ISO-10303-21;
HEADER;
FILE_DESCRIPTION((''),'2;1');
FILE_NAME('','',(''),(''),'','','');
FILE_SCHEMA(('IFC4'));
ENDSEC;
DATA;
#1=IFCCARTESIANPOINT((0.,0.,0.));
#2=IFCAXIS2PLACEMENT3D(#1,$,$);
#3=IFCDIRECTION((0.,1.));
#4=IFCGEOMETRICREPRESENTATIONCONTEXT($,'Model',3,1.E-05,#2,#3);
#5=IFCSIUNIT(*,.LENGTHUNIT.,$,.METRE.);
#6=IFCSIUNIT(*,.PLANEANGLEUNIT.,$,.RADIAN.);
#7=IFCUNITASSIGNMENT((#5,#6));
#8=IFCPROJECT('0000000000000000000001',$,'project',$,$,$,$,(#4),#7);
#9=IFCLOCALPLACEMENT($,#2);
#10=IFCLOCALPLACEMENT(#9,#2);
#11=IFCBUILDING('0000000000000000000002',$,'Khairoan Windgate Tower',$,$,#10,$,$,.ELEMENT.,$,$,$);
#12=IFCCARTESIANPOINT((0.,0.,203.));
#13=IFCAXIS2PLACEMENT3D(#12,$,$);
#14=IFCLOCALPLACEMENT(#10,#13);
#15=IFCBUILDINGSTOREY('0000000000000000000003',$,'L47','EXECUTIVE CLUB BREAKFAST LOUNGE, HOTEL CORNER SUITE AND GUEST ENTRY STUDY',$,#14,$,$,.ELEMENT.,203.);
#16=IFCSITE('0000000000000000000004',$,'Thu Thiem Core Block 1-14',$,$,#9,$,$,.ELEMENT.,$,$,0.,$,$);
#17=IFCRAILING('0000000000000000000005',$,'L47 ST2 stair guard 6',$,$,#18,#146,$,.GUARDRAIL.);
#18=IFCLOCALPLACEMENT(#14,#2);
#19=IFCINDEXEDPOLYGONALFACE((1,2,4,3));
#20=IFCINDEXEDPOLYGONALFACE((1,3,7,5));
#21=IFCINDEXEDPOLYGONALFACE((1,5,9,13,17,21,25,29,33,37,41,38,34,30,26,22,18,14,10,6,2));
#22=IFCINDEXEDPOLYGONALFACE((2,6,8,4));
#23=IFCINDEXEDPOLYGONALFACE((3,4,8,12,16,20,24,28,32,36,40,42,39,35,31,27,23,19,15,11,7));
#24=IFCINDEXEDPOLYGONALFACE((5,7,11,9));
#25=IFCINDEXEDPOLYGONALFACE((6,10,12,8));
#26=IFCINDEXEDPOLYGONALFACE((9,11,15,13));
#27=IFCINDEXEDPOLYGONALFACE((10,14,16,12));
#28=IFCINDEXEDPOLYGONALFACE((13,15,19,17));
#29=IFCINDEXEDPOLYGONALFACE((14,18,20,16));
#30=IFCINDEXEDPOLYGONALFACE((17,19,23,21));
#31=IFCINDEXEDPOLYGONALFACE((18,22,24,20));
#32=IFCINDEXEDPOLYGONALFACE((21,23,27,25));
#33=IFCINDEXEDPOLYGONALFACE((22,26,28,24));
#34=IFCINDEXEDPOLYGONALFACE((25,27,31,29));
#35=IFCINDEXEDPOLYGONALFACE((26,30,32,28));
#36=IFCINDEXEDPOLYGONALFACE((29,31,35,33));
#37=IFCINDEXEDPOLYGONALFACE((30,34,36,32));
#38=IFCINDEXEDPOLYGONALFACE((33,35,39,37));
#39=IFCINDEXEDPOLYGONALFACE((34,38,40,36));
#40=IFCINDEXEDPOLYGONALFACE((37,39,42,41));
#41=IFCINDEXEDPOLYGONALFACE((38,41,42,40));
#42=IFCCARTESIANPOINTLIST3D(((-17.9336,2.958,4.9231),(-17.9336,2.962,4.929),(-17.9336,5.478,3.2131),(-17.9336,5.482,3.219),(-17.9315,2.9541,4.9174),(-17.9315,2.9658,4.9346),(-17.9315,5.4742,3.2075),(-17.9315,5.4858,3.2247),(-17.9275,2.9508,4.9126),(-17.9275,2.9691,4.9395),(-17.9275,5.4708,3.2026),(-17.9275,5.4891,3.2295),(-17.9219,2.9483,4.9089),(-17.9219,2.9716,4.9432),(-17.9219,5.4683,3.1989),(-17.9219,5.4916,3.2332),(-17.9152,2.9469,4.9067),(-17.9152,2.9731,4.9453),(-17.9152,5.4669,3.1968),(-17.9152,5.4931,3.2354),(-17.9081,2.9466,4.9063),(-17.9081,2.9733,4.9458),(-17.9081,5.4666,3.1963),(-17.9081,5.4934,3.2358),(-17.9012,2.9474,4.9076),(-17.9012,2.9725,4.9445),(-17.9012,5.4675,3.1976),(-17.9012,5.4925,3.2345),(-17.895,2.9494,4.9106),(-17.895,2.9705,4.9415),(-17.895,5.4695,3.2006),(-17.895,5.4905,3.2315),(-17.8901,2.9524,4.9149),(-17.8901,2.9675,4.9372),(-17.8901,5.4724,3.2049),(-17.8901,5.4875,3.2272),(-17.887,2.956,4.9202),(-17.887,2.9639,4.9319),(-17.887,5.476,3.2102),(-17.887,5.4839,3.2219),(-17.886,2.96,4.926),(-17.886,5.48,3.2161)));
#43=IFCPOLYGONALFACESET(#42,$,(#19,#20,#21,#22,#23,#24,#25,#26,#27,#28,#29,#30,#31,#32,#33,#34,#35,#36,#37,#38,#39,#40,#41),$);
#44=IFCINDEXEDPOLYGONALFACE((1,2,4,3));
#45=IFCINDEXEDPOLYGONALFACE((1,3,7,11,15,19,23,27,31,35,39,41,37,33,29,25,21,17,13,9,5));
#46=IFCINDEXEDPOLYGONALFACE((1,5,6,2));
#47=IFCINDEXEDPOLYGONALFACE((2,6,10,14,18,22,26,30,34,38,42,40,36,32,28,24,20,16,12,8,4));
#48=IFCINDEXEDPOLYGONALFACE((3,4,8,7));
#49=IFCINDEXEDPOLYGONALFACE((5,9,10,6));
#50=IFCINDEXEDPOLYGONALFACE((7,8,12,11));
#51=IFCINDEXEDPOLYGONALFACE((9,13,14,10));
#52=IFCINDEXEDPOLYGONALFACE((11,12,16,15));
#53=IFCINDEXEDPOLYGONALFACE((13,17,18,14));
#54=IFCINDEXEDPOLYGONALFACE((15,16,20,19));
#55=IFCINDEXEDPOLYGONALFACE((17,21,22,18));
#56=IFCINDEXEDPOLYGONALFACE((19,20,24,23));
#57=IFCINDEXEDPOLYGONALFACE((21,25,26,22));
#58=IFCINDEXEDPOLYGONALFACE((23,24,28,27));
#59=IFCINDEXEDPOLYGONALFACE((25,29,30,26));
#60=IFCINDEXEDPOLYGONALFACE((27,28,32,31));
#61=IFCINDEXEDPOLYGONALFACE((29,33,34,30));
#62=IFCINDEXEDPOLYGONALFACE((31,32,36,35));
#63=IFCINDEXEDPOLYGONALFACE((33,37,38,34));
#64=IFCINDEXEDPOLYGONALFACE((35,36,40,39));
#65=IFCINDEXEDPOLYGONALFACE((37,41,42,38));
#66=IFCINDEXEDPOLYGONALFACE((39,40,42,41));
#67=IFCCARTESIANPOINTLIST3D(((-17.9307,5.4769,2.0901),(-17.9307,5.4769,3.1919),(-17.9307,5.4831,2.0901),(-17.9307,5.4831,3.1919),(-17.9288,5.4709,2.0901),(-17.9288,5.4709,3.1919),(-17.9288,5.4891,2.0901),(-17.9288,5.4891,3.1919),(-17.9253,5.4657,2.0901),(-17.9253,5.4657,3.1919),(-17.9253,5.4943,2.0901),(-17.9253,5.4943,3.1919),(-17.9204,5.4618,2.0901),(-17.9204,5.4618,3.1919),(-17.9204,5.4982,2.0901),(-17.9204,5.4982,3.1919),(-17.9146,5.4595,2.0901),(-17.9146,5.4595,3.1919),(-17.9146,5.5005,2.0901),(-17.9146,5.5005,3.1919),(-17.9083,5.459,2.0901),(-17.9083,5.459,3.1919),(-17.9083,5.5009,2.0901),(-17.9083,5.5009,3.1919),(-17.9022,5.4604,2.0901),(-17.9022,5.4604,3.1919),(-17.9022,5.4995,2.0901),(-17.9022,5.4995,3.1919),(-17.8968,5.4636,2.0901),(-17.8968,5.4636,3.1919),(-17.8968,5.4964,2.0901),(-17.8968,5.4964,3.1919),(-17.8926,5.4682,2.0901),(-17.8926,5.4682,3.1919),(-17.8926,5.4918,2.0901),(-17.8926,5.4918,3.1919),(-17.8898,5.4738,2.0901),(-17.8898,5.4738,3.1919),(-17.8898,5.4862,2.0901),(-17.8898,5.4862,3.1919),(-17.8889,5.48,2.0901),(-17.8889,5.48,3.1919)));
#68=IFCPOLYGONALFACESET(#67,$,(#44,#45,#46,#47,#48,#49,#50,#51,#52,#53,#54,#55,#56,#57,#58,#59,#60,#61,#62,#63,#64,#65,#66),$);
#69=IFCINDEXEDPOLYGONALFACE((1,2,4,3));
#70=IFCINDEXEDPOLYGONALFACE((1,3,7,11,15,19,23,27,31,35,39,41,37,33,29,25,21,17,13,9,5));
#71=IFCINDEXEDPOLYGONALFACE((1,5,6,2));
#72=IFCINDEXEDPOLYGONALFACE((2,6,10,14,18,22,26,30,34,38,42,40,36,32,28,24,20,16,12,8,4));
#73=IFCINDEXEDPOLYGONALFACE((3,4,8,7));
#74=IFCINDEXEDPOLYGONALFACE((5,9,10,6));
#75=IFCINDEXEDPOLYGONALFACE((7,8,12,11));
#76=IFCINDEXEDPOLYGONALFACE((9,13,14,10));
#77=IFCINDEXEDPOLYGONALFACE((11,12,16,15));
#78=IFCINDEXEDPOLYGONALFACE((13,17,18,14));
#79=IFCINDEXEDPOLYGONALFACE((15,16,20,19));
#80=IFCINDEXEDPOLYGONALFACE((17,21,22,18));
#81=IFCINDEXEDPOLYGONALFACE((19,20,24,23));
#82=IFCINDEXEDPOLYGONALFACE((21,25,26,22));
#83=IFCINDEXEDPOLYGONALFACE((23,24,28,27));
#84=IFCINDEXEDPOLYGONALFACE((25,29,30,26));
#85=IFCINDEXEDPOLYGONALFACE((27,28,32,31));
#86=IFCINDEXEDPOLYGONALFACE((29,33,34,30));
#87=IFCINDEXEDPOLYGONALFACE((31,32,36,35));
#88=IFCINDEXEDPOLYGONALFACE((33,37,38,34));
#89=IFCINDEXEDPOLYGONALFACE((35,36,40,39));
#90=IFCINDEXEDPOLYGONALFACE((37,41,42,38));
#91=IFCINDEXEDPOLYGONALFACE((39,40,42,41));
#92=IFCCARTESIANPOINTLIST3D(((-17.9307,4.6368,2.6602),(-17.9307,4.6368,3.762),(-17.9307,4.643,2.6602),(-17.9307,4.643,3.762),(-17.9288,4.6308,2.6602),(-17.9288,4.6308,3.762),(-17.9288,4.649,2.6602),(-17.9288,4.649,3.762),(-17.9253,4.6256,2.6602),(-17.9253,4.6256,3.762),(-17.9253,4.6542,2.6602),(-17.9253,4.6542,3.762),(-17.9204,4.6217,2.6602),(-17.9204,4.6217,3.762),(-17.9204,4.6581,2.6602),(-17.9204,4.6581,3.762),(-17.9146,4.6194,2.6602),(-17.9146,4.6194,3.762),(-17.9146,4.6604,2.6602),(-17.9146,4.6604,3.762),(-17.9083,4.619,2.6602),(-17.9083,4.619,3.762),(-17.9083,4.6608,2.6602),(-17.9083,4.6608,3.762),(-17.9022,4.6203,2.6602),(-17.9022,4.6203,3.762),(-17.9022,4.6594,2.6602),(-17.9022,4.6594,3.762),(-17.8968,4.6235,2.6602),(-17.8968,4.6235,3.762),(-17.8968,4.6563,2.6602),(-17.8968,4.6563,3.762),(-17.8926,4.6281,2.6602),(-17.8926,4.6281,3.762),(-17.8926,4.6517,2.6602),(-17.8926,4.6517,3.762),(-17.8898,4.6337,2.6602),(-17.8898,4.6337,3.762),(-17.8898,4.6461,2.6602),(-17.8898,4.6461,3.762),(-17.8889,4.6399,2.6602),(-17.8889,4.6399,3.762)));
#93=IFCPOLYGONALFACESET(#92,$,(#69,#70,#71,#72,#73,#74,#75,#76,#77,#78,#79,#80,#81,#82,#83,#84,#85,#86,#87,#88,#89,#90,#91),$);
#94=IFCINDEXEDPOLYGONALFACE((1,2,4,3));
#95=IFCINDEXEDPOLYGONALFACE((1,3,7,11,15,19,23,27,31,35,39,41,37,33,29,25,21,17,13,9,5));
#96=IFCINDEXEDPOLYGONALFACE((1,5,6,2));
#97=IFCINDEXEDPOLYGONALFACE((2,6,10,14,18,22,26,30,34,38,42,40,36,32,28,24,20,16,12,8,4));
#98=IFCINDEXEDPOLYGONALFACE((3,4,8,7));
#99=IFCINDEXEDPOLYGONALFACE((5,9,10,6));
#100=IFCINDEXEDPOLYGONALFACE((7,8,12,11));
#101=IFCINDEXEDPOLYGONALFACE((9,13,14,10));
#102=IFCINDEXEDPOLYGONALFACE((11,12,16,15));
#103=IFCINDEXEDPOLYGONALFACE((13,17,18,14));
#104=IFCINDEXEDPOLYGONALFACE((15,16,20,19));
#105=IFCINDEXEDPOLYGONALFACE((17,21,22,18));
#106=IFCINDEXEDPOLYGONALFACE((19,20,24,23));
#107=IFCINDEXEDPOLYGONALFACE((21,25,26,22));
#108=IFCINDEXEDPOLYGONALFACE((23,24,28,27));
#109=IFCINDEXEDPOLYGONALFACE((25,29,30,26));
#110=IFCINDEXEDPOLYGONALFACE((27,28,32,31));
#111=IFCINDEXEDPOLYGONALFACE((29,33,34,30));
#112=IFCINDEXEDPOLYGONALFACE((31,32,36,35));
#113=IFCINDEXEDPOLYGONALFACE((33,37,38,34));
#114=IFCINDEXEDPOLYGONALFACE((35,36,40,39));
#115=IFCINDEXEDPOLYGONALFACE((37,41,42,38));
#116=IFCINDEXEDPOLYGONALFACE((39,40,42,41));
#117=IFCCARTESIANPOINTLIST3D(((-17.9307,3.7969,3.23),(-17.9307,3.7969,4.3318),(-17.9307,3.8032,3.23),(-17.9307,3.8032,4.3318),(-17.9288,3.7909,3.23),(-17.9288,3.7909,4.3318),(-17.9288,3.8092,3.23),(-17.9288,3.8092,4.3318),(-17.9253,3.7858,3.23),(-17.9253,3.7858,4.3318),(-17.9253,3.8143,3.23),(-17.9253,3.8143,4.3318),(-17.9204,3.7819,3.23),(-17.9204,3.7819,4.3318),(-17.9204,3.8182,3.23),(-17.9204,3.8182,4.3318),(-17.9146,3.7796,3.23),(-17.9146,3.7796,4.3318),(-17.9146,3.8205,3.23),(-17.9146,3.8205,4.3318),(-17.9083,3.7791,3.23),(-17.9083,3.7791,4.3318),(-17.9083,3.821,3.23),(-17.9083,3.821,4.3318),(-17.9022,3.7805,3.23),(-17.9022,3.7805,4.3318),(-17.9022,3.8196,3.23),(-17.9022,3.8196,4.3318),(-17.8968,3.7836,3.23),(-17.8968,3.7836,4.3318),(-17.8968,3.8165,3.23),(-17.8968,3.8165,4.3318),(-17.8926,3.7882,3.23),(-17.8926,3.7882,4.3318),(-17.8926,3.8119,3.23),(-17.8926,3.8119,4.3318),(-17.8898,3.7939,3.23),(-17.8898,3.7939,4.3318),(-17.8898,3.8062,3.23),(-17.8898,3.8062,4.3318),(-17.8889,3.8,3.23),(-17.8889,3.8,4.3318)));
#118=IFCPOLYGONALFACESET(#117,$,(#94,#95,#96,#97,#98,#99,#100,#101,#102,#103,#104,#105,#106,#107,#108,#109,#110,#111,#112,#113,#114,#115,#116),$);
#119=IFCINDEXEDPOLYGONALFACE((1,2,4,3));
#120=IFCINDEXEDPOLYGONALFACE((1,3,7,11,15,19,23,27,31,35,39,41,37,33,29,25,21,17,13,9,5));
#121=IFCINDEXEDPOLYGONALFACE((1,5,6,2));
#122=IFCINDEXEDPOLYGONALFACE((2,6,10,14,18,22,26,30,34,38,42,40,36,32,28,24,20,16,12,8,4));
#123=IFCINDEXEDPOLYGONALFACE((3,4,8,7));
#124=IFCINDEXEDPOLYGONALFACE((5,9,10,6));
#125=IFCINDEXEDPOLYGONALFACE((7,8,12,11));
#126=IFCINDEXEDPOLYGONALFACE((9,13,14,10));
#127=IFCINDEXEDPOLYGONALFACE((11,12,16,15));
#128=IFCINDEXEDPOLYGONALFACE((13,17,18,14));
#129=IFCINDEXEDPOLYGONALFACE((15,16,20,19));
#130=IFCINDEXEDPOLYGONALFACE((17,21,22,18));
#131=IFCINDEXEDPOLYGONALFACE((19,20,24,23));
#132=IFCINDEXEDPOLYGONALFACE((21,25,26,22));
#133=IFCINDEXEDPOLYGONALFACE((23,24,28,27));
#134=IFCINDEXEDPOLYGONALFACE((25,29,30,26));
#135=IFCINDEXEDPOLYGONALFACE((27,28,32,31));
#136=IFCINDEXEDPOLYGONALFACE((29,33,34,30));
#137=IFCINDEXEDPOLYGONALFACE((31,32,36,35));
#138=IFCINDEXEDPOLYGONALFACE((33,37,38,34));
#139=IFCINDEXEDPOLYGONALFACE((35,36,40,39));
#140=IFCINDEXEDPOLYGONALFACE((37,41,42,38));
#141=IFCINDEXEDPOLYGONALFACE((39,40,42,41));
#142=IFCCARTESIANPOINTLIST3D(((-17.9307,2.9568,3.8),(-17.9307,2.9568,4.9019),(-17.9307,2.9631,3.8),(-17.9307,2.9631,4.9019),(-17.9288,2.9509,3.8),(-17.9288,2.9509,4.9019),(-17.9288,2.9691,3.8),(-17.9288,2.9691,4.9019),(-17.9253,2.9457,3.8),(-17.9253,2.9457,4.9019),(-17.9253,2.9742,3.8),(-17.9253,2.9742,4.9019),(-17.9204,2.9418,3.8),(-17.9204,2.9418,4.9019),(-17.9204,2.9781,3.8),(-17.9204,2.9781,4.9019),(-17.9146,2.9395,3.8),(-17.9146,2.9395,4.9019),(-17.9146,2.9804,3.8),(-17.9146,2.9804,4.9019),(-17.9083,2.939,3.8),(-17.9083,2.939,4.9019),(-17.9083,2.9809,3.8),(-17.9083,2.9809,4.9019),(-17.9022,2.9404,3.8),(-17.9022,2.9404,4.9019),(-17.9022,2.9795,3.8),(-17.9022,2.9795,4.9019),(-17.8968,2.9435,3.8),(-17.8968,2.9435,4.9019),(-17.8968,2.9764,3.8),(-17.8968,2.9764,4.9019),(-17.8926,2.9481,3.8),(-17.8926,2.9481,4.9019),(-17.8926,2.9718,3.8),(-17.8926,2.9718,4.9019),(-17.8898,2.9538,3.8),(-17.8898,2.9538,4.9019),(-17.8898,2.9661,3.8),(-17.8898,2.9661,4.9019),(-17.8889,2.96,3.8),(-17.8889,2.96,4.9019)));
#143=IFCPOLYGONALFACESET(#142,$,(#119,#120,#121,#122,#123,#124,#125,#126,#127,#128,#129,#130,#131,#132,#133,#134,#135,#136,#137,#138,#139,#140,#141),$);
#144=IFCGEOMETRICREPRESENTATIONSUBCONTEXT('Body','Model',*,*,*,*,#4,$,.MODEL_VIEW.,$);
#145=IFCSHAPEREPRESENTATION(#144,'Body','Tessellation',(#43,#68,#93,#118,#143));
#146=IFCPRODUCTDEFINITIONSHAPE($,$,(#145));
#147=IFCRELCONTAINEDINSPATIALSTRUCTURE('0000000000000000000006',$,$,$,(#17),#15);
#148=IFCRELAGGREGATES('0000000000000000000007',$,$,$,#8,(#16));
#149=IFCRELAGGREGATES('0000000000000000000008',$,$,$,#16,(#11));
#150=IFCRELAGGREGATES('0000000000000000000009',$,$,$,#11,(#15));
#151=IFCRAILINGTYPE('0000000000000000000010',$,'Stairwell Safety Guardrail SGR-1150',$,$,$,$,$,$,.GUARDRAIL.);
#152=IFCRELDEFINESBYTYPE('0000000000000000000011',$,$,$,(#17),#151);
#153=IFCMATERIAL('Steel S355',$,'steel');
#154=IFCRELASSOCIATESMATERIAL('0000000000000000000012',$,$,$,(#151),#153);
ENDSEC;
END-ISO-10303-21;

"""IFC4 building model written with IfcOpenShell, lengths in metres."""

from ifc_helpers import new_model, si_unit, direction, frame, origin, origin_2d, place, context, subcontext, project, spatial, circle, extrude, material, type_object, element, save


model = new_model("IFC4")

# Units and contexts
model_context = context("Model", 3, precision=1e-05, world=origin(), true_north=direction((0.0, 1.0)))
body_context = subcontext(model_context, "Body", "Model", "MODEL_VIEW")
ifc_project = project(units=[si_unit("LENGTHUNIT", "METRE"), si_unit("PLANEANGLEUNIT", "RADIAN")], contexts=[model_context])

# Site, building, storey
site_placement = place(None, origin())
site = spatial("IfcSite", under=ifc_project, at=site_placement, Name="Thu Thiem Core Block 1-14", CompositionType="ELEMENT", RefElevation=0.0)
building_placement = place(site_placement, origin())
building = spatial("IfcBuilding", under=site, at=building_placement, Name="Khairoan Windgate Tower", CompositionType="ELEMENT")
storey_placement = place(building_placement, frame((0.0, 0.0, 203.0)))
storey = spatial("IfcBuildingStorey", under=building, at=storey_placement, Name="L47", Description="EXECUTIVE CLUB BREAKFAST LOUNGE, HOTEL CORNER SUITE AND GUEST ENTRY STUDY", CompositionType="ELEMENT", Elevation=203.0)

# Railing
ifc_material_1 = material(Name="Steel S355", Category="steel")
railing_type_1 = type_object("IfcRailingType", Name="Stairwell Safety Guardrail SGR-1150", PredefinedType="GUARDRAIL", material=ifc_material_1)
railing_1_placement = place(storey_placement, frame((-17.9099, 5.48, 2.0901)))
element("IfcRailing", 1, at=railing_1_placement, inside=storey, type_object=railing_type_1, Name="L47 ST2 stair guard 6", PredefinedType="GUARDRAIL", context=body_context, shape_type="SweptSolid", body=[
    extrude(circle(Radius=0.0239, at=origin_2d()), frame((0.0, 0.0, 1.126), z_axis=(0.0, -0.827484, 0.56149), x_axis=(1.0, 0.0, 0.0)), (0.0, 0.0, 1.0), 3.0454),
    extrude(circle(Radius=0.021, at=origin_2d()), origin(), (0.0, 0.0, 1.0), 1.1018),
    extrude(circle(Radius=0.021, at=origin_2d()), frame((0.0, -0.8401, 0.5701)), (0.0, 0.0, 1.0), 1.1018),
    extrude(circle(Radius=0.021, at=origin_2d()), frame((0.0, -1.6799, 1.1399)), (0.0, 0.0, 1.0), 1.1018),
    extrude(circle(Radius=0.021, at=origin_2d()), frame((0.0, -2.52, 1.71)), (0.0, 0.0, 1.0), 1.1018),
])

save(model, "model.ifc")
